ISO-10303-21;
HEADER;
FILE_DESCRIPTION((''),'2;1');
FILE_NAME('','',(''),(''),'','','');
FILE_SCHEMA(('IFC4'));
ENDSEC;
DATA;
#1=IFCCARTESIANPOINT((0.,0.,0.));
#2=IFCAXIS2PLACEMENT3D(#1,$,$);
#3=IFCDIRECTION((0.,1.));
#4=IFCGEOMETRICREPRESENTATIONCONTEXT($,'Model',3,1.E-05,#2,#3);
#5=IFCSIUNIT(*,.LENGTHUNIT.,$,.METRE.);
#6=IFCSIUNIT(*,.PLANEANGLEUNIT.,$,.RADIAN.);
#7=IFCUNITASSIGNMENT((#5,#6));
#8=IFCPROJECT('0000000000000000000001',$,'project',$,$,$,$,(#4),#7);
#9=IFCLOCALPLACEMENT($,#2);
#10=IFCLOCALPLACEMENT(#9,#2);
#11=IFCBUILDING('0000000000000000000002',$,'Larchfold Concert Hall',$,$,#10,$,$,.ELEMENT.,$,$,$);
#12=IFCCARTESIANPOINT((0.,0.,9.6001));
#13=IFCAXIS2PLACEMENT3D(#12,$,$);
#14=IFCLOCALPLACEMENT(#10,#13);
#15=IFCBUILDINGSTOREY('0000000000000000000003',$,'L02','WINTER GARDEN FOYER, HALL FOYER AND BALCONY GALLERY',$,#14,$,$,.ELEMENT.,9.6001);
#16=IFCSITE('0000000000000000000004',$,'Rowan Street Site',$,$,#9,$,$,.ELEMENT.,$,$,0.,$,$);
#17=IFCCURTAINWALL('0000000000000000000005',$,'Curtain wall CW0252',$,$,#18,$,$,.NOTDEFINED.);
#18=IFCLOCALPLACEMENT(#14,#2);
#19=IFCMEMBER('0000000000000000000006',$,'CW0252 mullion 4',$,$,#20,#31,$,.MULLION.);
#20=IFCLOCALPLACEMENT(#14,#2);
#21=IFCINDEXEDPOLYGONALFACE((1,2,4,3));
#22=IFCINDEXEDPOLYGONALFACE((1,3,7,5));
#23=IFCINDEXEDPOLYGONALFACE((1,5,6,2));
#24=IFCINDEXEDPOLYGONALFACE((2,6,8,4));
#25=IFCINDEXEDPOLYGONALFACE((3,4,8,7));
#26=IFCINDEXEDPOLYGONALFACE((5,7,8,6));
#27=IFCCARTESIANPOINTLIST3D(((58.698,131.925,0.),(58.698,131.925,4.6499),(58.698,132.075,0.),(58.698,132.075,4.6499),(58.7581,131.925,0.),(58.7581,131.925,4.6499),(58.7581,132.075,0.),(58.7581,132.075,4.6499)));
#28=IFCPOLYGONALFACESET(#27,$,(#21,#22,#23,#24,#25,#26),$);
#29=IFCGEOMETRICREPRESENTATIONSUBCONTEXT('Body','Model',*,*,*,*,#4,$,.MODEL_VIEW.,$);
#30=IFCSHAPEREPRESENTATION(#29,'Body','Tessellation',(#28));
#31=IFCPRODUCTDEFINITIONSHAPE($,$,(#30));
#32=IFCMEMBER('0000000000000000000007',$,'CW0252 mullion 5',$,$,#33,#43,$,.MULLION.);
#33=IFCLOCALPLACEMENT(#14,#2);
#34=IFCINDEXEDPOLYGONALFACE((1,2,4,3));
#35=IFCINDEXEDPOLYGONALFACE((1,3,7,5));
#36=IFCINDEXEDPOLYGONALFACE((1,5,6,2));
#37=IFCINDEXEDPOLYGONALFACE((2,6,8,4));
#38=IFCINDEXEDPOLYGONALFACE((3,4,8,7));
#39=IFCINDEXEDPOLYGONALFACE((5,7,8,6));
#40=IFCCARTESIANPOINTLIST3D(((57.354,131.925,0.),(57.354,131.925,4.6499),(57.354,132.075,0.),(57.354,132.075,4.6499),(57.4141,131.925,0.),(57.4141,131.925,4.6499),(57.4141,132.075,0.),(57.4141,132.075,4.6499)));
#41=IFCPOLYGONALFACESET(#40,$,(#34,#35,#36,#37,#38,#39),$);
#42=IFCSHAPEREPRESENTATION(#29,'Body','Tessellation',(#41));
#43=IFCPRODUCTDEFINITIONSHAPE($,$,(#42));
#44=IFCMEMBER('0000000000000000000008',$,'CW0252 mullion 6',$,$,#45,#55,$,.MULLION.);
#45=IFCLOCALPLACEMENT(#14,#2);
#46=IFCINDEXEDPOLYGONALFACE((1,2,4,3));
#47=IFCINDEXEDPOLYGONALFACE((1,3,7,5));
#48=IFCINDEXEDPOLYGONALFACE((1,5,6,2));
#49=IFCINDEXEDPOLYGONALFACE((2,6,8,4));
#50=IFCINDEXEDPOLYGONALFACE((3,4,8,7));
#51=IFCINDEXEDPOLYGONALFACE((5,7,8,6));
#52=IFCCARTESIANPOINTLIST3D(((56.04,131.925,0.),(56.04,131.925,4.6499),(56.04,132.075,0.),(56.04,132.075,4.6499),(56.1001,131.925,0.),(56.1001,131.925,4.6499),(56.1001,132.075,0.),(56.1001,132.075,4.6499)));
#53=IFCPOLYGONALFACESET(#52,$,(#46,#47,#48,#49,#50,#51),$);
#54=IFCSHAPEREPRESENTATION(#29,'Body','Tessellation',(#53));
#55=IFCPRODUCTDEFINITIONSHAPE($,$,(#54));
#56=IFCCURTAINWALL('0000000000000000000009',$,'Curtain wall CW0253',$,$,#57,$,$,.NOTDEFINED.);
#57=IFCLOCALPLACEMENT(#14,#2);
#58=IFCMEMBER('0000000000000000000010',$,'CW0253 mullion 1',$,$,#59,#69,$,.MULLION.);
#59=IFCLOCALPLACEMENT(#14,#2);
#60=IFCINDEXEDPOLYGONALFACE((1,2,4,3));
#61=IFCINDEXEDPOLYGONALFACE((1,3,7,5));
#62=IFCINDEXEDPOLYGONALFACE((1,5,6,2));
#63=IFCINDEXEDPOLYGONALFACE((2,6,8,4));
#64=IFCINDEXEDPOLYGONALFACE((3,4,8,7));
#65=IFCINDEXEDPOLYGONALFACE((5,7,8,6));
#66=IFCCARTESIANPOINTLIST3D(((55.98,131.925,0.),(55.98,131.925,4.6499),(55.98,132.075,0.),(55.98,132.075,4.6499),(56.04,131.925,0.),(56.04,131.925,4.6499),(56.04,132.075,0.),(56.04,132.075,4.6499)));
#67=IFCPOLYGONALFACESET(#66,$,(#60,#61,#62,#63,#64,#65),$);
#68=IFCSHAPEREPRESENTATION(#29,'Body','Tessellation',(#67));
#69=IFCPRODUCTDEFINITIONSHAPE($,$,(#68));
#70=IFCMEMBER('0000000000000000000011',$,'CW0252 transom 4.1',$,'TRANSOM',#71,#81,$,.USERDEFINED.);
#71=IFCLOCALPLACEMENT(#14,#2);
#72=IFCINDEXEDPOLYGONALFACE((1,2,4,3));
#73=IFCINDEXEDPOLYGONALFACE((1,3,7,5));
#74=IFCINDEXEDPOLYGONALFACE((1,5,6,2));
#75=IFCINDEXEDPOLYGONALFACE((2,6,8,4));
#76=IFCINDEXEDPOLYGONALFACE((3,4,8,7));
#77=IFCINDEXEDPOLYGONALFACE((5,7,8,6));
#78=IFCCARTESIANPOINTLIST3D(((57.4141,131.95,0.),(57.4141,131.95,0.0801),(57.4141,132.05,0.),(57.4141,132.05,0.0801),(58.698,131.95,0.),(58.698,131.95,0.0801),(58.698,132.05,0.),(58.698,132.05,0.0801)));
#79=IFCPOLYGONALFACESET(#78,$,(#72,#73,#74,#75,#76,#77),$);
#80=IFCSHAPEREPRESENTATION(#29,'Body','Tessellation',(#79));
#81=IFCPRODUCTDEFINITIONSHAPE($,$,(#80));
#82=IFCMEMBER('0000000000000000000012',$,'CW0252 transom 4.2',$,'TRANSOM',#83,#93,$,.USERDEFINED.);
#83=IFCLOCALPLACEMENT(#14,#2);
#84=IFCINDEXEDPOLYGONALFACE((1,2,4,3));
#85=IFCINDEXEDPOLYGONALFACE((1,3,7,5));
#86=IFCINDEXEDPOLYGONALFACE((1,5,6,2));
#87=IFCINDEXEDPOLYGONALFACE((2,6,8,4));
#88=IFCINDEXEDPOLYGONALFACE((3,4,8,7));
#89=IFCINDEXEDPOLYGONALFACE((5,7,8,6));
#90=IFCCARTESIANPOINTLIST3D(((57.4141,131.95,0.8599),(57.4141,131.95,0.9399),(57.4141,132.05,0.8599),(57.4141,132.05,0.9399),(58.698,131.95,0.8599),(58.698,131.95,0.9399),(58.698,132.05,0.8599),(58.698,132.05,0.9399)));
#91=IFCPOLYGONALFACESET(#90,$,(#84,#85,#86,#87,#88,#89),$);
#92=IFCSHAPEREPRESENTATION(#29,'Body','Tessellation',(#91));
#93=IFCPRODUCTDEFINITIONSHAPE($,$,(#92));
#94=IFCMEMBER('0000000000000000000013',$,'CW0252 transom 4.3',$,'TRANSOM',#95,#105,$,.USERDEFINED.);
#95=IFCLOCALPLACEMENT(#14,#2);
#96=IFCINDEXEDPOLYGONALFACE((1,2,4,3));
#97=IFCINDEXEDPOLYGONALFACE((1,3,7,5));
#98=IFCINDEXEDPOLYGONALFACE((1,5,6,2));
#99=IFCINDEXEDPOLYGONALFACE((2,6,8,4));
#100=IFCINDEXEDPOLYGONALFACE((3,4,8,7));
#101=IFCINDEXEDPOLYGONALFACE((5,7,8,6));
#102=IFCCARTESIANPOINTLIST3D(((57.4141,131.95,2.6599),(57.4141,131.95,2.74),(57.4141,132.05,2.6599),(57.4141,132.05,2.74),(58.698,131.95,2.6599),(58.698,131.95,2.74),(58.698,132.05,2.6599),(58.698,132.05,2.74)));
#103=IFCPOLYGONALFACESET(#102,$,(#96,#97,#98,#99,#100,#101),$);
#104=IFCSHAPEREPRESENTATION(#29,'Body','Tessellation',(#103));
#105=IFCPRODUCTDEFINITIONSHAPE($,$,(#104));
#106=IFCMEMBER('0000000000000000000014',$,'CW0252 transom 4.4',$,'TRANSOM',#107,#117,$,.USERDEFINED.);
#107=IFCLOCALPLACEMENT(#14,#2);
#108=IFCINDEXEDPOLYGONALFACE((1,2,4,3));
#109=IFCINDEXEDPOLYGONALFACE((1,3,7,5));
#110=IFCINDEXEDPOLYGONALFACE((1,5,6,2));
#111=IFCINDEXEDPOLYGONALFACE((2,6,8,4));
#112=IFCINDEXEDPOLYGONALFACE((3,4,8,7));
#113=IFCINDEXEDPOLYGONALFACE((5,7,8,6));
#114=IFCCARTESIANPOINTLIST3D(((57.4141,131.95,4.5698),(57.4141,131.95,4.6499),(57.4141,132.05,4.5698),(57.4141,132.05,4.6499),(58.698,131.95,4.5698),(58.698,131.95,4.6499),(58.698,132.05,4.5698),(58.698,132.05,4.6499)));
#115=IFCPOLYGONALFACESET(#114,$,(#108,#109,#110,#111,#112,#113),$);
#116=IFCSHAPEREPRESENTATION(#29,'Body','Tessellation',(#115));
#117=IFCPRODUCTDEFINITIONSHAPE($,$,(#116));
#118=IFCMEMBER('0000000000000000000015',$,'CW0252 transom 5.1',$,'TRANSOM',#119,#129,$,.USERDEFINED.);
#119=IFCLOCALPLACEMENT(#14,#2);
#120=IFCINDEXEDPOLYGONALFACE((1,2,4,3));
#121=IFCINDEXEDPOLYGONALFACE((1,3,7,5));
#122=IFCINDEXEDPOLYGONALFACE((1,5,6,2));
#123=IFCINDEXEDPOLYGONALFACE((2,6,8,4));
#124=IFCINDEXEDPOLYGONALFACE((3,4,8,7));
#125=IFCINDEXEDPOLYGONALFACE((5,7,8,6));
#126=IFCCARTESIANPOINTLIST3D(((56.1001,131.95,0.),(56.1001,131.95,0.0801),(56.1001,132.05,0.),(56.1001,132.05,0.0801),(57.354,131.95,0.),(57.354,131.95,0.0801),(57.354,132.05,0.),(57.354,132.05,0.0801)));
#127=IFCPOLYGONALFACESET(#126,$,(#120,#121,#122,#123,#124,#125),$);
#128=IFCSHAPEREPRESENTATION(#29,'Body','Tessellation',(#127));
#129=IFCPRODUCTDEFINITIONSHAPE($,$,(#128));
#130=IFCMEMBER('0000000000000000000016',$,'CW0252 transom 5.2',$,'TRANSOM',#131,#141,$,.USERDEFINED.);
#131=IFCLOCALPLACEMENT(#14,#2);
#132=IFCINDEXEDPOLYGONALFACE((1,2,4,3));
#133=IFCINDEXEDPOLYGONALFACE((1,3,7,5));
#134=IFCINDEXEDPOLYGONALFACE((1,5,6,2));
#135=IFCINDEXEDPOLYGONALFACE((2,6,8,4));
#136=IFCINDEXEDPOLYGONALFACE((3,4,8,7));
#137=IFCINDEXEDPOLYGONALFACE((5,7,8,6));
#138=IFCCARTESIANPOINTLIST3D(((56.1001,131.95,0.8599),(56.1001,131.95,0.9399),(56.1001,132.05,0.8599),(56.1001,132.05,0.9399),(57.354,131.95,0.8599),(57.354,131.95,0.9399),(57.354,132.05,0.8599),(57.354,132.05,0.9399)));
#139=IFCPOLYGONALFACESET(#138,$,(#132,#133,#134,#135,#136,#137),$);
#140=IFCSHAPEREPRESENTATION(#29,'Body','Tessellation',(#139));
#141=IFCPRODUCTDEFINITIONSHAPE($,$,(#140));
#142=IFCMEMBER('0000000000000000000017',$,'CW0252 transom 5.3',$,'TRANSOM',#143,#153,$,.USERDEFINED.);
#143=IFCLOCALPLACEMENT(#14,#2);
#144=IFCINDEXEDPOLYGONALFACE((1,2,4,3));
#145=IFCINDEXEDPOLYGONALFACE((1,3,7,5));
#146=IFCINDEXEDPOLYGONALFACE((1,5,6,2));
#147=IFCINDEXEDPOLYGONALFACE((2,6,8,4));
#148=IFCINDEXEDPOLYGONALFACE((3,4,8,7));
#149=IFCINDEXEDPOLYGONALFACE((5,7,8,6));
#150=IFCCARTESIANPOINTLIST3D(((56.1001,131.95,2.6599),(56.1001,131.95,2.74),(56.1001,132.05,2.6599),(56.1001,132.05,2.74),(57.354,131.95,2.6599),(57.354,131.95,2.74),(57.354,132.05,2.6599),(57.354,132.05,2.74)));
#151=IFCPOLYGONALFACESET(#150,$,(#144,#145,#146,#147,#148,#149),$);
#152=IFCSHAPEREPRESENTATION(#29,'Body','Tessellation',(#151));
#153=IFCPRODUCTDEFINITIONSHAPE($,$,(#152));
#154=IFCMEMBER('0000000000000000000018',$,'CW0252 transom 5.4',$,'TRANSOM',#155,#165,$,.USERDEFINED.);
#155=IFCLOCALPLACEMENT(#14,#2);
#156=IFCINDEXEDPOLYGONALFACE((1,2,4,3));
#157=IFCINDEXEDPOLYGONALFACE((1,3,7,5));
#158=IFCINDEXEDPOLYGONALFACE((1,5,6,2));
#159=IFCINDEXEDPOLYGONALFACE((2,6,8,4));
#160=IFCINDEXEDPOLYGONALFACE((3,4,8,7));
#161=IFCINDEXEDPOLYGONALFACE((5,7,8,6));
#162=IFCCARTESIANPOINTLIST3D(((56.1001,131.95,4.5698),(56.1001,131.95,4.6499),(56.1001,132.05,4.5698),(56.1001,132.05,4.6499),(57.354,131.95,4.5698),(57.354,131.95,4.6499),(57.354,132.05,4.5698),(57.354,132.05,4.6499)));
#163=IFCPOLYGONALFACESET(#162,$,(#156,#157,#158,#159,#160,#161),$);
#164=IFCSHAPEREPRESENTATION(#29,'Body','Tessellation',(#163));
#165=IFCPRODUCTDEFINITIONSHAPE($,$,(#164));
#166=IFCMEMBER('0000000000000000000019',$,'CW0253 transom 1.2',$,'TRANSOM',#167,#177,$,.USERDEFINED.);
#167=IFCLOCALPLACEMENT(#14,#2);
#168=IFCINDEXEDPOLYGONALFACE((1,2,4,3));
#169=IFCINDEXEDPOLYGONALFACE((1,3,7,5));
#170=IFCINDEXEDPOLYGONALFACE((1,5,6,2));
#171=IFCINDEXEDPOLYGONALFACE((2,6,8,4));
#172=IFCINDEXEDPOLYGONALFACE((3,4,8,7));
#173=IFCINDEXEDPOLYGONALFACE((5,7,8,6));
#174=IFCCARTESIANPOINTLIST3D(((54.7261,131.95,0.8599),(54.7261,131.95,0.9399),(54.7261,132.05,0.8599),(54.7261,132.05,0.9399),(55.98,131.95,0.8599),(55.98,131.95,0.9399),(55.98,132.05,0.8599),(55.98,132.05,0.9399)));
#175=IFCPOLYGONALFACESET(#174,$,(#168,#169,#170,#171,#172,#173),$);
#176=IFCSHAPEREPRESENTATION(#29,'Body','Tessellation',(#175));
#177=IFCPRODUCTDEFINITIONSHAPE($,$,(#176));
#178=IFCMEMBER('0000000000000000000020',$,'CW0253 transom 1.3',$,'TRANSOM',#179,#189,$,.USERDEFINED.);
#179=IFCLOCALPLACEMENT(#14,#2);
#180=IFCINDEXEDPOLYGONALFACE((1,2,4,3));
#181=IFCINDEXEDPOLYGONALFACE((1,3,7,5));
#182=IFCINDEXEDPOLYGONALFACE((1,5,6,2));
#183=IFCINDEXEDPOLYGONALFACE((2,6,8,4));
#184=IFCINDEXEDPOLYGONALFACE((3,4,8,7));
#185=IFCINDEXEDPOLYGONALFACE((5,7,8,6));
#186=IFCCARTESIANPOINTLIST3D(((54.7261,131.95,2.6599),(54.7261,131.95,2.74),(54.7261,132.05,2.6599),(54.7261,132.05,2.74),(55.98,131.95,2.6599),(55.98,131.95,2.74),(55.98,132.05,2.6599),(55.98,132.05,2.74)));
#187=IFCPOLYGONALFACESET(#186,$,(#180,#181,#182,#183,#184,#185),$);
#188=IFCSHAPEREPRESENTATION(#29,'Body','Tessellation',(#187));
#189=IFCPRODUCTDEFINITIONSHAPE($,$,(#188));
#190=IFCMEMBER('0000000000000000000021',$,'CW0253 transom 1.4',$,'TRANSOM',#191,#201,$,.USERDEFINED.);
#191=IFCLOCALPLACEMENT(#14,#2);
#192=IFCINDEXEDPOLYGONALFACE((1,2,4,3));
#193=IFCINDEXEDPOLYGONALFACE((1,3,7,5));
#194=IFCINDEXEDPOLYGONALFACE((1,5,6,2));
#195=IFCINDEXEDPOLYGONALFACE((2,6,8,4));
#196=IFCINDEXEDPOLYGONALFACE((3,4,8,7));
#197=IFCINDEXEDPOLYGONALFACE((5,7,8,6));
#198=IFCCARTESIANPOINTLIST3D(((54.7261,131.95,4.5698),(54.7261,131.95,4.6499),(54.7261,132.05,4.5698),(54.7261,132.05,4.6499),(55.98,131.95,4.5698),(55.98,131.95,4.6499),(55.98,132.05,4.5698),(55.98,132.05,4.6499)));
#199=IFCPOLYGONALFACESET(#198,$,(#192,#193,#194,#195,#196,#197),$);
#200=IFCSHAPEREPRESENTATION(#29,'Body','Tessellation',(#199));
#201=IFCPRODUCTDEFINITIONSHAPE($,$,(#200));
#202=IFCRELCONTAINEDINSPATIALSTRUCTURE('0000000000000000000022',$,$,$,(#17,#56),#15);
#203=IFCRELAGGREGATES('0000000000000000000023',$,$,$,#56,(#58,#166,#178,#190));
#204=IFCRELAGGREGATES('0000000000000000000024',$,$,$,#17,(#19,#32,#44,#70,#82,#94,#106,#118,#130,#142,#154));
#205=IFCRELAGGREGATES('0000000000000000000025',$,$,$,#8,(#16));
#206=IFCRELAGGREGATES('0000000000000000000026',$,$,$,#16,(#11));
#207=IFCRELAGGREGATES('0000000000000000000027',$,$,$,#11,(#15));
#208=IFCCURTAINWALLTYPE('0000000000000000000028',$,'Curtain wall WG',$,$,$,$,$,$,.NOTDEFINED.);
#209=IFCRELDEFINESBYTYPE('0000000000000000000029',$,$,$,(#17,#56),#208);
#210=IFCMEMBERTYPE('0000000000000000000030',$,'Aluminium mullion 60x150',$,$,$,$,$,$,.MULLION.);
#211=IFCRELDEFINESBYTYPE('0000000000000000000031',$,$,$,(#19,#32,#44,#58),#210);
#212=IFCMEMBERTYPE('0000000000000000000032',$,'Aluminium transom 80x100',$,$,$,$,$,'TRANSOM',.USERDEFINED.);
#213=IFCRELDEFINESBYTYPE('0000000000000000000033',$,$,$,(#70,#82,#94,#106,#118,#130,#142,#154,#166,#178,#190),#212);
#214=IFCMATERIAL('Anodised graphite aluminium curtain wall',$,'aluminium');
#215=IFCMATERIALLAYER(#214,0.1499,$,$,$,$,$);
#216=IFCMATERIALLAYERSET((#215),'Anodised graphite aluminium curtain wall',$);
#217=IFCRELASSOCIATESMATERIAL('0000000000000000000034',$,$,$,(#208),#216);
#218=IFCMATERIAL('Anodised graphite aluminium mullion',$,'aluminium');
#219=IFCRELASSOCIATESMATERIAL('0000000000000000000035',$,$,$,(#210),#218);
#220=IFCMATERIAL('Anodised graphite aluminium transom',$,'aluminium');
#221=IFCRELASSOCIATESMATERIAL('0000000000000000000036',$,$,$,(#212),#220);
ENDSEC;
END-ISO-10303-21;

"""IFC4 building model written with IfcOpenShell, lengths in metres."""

from ifc_helpers import new_model, si_unit, direction, frame, origin, origin_2d, place, context, subcontext, project, spatial, rectangle, extrude, material, layer, layer_set, material_profile, profile_set, type_object, element, aggregate, save


model = new_model("IFC4")

# Units and contexts
model_context = context("Model", 3, precision=1e-05, world=origin(), true_north=direction((0.0, 1.0)))
body_context = subcontext(model_context, "Body", "Model", "MODEL_VIEW")
ifc_project = project(units=[si_unit("LENGTHUNIT", "METRE"), si_unit("PLANEANGLEUNIT", "RADIAN")], contexts=[model_context])

# Site, building, storey
site_placement = place(None, origin())
site = spatial("IfcSite", under=ifc_project, at=site_placement, Name="Rowan Street Site", CompositionType="ELEMENT", RefElevation=0.0)
building_placement = place(site_placement, origin())
building = spatial("IfcBuilding", under=site, at=building_placement, Name="Larchfold Concert Hall", CompositionType="ELEMENT")
storey_placement = place(building_placement, frame((0.0, 0.0, 9.6001)))
storey = spatial("IfcBuildingStorey", under=building, at=storey_placement, Name="L02", Description="WINTER GARDEN FOYER, HALL FOYER AND BALCONY GALLERY", CompositionType="ELEMENT", Elevation=9.6001)

# Curtain wall, members
ifc_material_1 = material(Name="Anodised graphite aluminium curtain wall", Category="aluminium")
ifc_layer_1 = layer(ifc_material_1, 0.1499)
ifc_layer_set_1 = layer_set([ifc_layer_1], Name="Anodised graphite aluminium curtain wall")
curtain_wall_type = type_object("IfcCurtainWallType", Name="Curtain wall WG", PredefinedType="NOTDEFINED", material=ifc_layer_set_1)
curtain_wall_1_placement = place(storey_placement, origin())
curtain_wall_1 = element("IfcCurtainWall", 1, at=curtain_wall_1_placement, inside=storey, type_object=curtain_wall_type, Name="Curtain wall CW0252", PredefinedType="NOTDEFINED")
ifc_material_2 = material(Name="Anodised graphite aluminium mullion", Category="aluminium")
ifc_material_profile_1 = material_profile(ifc_material_2, rectangle(XDim=0.1499, YDim=0.0601, at=origin_2d()))
ifc_profile_set_1 = profile_set([ifc_material_profile_1], Name="Anodised graphite aluminium mullion")
member_type_1 = type_object("IfcMemberType", Name="Aluminium mullion 60x150", PredefinedType="MULLION", material=ifc_profile_set_1)
member_1_placement = place(storey_placement, frame((58.728, 132.0, 0.0), z_axis=(0.0, 0.0, 1.0), x_axis=(0.0, -1.0, 0.0)))
member_1 = element("IfcMember", 2, at=member_1_placement, type_object=member_type_1, Name="CW0252 mullion 4", PredefinedType="MULLION", context=body_context, shape_type="SweptSolid", body=[
    extrude(rectangle(XDim=0.1499, YDim=0.0601, at=origin_2d()), origin(), (0.0, 0.0, 1.0), 4.6499),
])
member_2_placement = place(storey_placement, frame((57.384, 132.0, 0.0), z_axis=(0.0, 0.0, 1.0), x_axis=(0.0, -1.0, 0.0)))
member_2 = element("IfcMember", 3, at=member_2_placement, type_object=member_type_1, Name="CW0252 mullion 5", PredefinedType="MULLION", context=body_context, shape_type="SweptSolid", body=[
    extrude(rectangle(XDim=0.1499, YDim=0.0601, at=origin_2d()), origin(), (0.0, 0.0, 1.0), 4.6499),
])
member_3_placement = place(storey_placement, frame((56.0701, 132.0, 0.0), z_axis=(0.0, 0.0, 1.0), x_axis=(0.0, -1.0, 0.0)))
member_3 = element("IfcMember", 4, at=member_3_placement, type_object=member_type_1, Name="CW0252 mullion 6", PredefinedType="MULLION", context=body_context, shape_type="SweptSolid", body=[
    extrude(rectangle(XDim=0.1499, YDim=0.0601, at=origin_2d()), origin(), (0.0, 0.0, 1.0), 4.6499),
])

# Curtain wall, member
curtain_wall_2_placement = place(storey_placement, origin())
curtain_wall_2 = element("IfcCurtainWall", 5, at=curtain_wall_2_placement, inside=storey, type_object=curtain_wall_type, Name="Curtain wall CW0253", PredefinedType="NOTDEFINED")
member_4_placement = place(storey_placement, frame((56.01, 132.0, 0.0), z_axis=(0.0, 0.0, 1.0), x_axis=(0.0, -1.0, 0.0)))
member_4 = element("IfcMember", 6, at=member_4_placement, type_object=member_type_1, Name="CW0253 mullion 1", PredefinedType="MULLION", context=body_context, shape_type="SweptSolid", body=[
    extrude(rectangle(XDim=0.1499, YDim=0.0601, at=origin_2d()), origin(), (0.0, 0.0, 1.0), 4.6499),
])

# Members
ifc_material_3 = material(Name="Anodised graphite aluminium transom", Category="aluminium")
ifc_material_profile_2 = material_profile(ifc_material_3, rectangle(XDim=0.1001, YDim=0.0801, at=origin_2d()))
ifc_profile_set_2 = profile_set([ifc_material_profile_2], Name="Anodised graphite aluminium transom")
member_type_2 = type_object("IfcMemberType", Name="Aluminium transom 80x100", ElementType="TRANSOM", PredefinedType="USERDEFINED", material=ifc_profile_set_2)
member_5_placement = place(storey_placement, frame((58.698, 132.0, 0.04), z_axis=(-1.0, 0.0, 0.0), x_axis=(0.0, -1.0, 0.0)))
member_5 = element("IfcMember", 7, at=member_5_placement, type_object=member_type_2, Name="CW0252 transom 4.1", ObjectType="TRANSOM", PredefinedType="USERDEFINED", context=body_context, shape_type="SweptSolid", body=[
    extrude(rectangle(XDim=0.1001, YDim=0.0801, at=origin_2d()), origin(), (0.0, 0.0, 1.0), 1.2839),
])
member_6_placement = place(storey_placement, frame((58.698, 132.0, 0.8999), z_axis=(-1.0, 0.0, 0.0), x_axis=(0.0, -1.0, 0.0)))
member_6 = element("IfcMember", 8, at=member_6_placement, type_object=member_type_2, Name="CW0252 transom 4.2", ObjectType="TRANSOM", PredefinedType="USERDEFINED", context=body_context, shape_type="SweptSolid", body=[
    extrude(rectangle(XDim=0.1001, YDim=0.0801, at=origin_2d()), origin(), (0.0, 0.0, 1.0), 1.2839),
])
member_7_placement = place(storey_placement, frame((58.698, 132.0, 2.7), z_axis=(-1.0, 0.0, 0.0), x_axis=(0.0, -1.0, 0.0)))
member_7 = element("IfcMember", 9, at=member_7_placement, type_object=member_type_2, Name="CW0252 transom 4.3", ObjectType="TRANSOM", PredefinedType="USERDEFINED", context=body_context, shape_type="SweptSolid", body=[
    extrude(rectangle(XDim=0.1001, YDim=0.0801, at=origin_2d()), origin(), (0.0, 0.0, 1.0), 1.2839),
])
member_8_placement = place(storey_placement, frame((58.698, 132.0, 4.6099), z_axis=(-1.0, 0.0, 0.0), x_axis=(0.0, -1.0, 0.0)))
member_8 = element("IfcMember", 10, at=member_8_placement, type_object=member_type_2, Name="CW0252 transom 4.4", ObjectType="TRANSOM", PredefinedType="USERDEFINED", context=body_context, shape_type="SweptSolid", body=[
    extrude(rectangle(XDim=0.1001, YDim=0.0801, at=origin_2d()), origin(), (0.0, 0.0, 1.0), 1.2839),
])
member_9_placement = place(storey_placement, frame((57.354, 132.0, 0.04), z_axis=(-1.0, 0.0, 0.0), x_axis=(0.0, -1.0, 0.0)))
member_9 = element("IfcMember", 11, at=member_9_placement, type_object=member_type_2, Name="CW0252 transom 5.1", ObjectType="TRANSOM", PredefinedType="USERDEFINED", context=body_context, shape_type="SweptSolid", body=[
    extrude(rectangle(XDim=0.1001, YDim=0.0801, at=origin_2d()), origin(), (0.0, 0.0, 1.0), 1.2539),
])
member_10_placement = place(storey_placement, frame((57.354, 132.0, 0.8999), z_axis=(-1.0, 0.0, 0.0), x_axis=(0.0, -1.0, 0.0)))
member_10 = element("IfcMember", 12, at=member_10_placement, type_object=member_type_2, Name="CW0252 transom 5.2", ObjectType="TRANSOM", PredefinedType="USERDEFINED", context=body_context, shape_type="SweptSolid", body=[
    extrude(rectangle(XDim=0.1001, YDim=0.0801, at=origin_2d()), origin(), (0.0, 0.0, 1.0), 1.2539),
])
member_11_placement = place(storey_placement, frame((57.354, 132.0, 2.7), z_axis=(-1.0, 0.0, 0.0), x_axis=(0.0, -1.0, 0.0)))
member_11 = element("IfcMember", 13, at=member_11_placement, type_object=member_type_2, Name="CW0252 transom 5.3", ObjectType="TRANSOM", PredefinedType="USERDEFINED", context=body_context, shape_type="SweptSolid", body=[
    extrude(rectangle(XDim=0.1001, YDim=0.0801, at=origin_2d()), origin(), (0.0, 0.0, 1.0), 1.2539),
])
member_12_placement = place(storey_placement, frame((57.354, 132.0, 4.6099), z_axis=(-1.0, 0.0, 0.0), x_axis=(0.0, -1.0, 0.0)))
member_12 = element("IfcMember", 14, at=member_12_placement, type_object=member_type_2, Name="CW0252 transom 5.4", ObjectType="TRANSOM", PredefinedType="USERDEFINED", context=body_context, shape_type="SweptSolid", body=[
    extrude(rectangle(XDim=0.1001, YDim=0.0801, at=origin_2d()), origin(), (0.0, 0.0, 1.0), 1.2539),
])
member_13_placement = place(storey_placement, frame((55.98, 132.0, 0.8999), z_axis=(-1.0, 0.0, 0.0), x_axis=(0.0, -1.0, 0.0)))
member_13 = element("IfcMember", 15, at=member_13_placement, type_object=member_type_2, Name="CW0253 transom 1.2", ObjectType="TRANSOM", PredefinedType="USERDEFINED", context=body_context, shape_type="SweptSolid", body=[
    extrude(rectangle(XDim=0.1001, YDim=0.0801, at=origin_2d()), origin(), (0.0, 0.0, 1.0), 1.2539),
])
member_14_placement = place(storey_placement, frame((55.98, 132.0, 2.7), z_axis=(-1.0, 0.0, 0.0), x_axis=(0.0, -1.0, 0.0)))
member_14 = element("IfcMember", 16, at=member_14_placement, type_object=member_type_2, Name="CW0253 transom 1.3", ObjectType="TRANSOM", PredefinedType="USERDEFINED", context=body_context, shape_type="SweptSolid", body=[
    extrude(rectangle(XDim=0.1001, YDim=0.0801, at=origin_2d()), origin(), (0.0, 0.0, 1.0), 1.2539),
])
member_15_placement = place(storey_placement, frame((55.98, 132.0, 4.6099), z_axis=(-1.0, 0.0, 0.0), x_axis=(0.0, -1.0, 0.0)))
member_15 = element("IfcMember", 17, at=member_15_placement, type_object=member_type_2, Name="CW0253 transom 1.4", ObjectType="TRANSOM", PredefinedType="USERDEFINED", context=body_context, shape_type="SweptSolid", body=[
    extrude(rectangle(XDim=0.1001, YDim=0.0801, at=origin_2d()), origin(), (0.0, 0.0, 1.0), 1.2539),
])
aggregate(curtain_wall_2, [member_4, member_13, member_14, member_15])

aggregate(curtain_wall_1, [member_1, member_2, member_3, member_5, member_6, member_7, member_8, member_9, member_10, member_11, member_12])

save(model, "model.ifc")
